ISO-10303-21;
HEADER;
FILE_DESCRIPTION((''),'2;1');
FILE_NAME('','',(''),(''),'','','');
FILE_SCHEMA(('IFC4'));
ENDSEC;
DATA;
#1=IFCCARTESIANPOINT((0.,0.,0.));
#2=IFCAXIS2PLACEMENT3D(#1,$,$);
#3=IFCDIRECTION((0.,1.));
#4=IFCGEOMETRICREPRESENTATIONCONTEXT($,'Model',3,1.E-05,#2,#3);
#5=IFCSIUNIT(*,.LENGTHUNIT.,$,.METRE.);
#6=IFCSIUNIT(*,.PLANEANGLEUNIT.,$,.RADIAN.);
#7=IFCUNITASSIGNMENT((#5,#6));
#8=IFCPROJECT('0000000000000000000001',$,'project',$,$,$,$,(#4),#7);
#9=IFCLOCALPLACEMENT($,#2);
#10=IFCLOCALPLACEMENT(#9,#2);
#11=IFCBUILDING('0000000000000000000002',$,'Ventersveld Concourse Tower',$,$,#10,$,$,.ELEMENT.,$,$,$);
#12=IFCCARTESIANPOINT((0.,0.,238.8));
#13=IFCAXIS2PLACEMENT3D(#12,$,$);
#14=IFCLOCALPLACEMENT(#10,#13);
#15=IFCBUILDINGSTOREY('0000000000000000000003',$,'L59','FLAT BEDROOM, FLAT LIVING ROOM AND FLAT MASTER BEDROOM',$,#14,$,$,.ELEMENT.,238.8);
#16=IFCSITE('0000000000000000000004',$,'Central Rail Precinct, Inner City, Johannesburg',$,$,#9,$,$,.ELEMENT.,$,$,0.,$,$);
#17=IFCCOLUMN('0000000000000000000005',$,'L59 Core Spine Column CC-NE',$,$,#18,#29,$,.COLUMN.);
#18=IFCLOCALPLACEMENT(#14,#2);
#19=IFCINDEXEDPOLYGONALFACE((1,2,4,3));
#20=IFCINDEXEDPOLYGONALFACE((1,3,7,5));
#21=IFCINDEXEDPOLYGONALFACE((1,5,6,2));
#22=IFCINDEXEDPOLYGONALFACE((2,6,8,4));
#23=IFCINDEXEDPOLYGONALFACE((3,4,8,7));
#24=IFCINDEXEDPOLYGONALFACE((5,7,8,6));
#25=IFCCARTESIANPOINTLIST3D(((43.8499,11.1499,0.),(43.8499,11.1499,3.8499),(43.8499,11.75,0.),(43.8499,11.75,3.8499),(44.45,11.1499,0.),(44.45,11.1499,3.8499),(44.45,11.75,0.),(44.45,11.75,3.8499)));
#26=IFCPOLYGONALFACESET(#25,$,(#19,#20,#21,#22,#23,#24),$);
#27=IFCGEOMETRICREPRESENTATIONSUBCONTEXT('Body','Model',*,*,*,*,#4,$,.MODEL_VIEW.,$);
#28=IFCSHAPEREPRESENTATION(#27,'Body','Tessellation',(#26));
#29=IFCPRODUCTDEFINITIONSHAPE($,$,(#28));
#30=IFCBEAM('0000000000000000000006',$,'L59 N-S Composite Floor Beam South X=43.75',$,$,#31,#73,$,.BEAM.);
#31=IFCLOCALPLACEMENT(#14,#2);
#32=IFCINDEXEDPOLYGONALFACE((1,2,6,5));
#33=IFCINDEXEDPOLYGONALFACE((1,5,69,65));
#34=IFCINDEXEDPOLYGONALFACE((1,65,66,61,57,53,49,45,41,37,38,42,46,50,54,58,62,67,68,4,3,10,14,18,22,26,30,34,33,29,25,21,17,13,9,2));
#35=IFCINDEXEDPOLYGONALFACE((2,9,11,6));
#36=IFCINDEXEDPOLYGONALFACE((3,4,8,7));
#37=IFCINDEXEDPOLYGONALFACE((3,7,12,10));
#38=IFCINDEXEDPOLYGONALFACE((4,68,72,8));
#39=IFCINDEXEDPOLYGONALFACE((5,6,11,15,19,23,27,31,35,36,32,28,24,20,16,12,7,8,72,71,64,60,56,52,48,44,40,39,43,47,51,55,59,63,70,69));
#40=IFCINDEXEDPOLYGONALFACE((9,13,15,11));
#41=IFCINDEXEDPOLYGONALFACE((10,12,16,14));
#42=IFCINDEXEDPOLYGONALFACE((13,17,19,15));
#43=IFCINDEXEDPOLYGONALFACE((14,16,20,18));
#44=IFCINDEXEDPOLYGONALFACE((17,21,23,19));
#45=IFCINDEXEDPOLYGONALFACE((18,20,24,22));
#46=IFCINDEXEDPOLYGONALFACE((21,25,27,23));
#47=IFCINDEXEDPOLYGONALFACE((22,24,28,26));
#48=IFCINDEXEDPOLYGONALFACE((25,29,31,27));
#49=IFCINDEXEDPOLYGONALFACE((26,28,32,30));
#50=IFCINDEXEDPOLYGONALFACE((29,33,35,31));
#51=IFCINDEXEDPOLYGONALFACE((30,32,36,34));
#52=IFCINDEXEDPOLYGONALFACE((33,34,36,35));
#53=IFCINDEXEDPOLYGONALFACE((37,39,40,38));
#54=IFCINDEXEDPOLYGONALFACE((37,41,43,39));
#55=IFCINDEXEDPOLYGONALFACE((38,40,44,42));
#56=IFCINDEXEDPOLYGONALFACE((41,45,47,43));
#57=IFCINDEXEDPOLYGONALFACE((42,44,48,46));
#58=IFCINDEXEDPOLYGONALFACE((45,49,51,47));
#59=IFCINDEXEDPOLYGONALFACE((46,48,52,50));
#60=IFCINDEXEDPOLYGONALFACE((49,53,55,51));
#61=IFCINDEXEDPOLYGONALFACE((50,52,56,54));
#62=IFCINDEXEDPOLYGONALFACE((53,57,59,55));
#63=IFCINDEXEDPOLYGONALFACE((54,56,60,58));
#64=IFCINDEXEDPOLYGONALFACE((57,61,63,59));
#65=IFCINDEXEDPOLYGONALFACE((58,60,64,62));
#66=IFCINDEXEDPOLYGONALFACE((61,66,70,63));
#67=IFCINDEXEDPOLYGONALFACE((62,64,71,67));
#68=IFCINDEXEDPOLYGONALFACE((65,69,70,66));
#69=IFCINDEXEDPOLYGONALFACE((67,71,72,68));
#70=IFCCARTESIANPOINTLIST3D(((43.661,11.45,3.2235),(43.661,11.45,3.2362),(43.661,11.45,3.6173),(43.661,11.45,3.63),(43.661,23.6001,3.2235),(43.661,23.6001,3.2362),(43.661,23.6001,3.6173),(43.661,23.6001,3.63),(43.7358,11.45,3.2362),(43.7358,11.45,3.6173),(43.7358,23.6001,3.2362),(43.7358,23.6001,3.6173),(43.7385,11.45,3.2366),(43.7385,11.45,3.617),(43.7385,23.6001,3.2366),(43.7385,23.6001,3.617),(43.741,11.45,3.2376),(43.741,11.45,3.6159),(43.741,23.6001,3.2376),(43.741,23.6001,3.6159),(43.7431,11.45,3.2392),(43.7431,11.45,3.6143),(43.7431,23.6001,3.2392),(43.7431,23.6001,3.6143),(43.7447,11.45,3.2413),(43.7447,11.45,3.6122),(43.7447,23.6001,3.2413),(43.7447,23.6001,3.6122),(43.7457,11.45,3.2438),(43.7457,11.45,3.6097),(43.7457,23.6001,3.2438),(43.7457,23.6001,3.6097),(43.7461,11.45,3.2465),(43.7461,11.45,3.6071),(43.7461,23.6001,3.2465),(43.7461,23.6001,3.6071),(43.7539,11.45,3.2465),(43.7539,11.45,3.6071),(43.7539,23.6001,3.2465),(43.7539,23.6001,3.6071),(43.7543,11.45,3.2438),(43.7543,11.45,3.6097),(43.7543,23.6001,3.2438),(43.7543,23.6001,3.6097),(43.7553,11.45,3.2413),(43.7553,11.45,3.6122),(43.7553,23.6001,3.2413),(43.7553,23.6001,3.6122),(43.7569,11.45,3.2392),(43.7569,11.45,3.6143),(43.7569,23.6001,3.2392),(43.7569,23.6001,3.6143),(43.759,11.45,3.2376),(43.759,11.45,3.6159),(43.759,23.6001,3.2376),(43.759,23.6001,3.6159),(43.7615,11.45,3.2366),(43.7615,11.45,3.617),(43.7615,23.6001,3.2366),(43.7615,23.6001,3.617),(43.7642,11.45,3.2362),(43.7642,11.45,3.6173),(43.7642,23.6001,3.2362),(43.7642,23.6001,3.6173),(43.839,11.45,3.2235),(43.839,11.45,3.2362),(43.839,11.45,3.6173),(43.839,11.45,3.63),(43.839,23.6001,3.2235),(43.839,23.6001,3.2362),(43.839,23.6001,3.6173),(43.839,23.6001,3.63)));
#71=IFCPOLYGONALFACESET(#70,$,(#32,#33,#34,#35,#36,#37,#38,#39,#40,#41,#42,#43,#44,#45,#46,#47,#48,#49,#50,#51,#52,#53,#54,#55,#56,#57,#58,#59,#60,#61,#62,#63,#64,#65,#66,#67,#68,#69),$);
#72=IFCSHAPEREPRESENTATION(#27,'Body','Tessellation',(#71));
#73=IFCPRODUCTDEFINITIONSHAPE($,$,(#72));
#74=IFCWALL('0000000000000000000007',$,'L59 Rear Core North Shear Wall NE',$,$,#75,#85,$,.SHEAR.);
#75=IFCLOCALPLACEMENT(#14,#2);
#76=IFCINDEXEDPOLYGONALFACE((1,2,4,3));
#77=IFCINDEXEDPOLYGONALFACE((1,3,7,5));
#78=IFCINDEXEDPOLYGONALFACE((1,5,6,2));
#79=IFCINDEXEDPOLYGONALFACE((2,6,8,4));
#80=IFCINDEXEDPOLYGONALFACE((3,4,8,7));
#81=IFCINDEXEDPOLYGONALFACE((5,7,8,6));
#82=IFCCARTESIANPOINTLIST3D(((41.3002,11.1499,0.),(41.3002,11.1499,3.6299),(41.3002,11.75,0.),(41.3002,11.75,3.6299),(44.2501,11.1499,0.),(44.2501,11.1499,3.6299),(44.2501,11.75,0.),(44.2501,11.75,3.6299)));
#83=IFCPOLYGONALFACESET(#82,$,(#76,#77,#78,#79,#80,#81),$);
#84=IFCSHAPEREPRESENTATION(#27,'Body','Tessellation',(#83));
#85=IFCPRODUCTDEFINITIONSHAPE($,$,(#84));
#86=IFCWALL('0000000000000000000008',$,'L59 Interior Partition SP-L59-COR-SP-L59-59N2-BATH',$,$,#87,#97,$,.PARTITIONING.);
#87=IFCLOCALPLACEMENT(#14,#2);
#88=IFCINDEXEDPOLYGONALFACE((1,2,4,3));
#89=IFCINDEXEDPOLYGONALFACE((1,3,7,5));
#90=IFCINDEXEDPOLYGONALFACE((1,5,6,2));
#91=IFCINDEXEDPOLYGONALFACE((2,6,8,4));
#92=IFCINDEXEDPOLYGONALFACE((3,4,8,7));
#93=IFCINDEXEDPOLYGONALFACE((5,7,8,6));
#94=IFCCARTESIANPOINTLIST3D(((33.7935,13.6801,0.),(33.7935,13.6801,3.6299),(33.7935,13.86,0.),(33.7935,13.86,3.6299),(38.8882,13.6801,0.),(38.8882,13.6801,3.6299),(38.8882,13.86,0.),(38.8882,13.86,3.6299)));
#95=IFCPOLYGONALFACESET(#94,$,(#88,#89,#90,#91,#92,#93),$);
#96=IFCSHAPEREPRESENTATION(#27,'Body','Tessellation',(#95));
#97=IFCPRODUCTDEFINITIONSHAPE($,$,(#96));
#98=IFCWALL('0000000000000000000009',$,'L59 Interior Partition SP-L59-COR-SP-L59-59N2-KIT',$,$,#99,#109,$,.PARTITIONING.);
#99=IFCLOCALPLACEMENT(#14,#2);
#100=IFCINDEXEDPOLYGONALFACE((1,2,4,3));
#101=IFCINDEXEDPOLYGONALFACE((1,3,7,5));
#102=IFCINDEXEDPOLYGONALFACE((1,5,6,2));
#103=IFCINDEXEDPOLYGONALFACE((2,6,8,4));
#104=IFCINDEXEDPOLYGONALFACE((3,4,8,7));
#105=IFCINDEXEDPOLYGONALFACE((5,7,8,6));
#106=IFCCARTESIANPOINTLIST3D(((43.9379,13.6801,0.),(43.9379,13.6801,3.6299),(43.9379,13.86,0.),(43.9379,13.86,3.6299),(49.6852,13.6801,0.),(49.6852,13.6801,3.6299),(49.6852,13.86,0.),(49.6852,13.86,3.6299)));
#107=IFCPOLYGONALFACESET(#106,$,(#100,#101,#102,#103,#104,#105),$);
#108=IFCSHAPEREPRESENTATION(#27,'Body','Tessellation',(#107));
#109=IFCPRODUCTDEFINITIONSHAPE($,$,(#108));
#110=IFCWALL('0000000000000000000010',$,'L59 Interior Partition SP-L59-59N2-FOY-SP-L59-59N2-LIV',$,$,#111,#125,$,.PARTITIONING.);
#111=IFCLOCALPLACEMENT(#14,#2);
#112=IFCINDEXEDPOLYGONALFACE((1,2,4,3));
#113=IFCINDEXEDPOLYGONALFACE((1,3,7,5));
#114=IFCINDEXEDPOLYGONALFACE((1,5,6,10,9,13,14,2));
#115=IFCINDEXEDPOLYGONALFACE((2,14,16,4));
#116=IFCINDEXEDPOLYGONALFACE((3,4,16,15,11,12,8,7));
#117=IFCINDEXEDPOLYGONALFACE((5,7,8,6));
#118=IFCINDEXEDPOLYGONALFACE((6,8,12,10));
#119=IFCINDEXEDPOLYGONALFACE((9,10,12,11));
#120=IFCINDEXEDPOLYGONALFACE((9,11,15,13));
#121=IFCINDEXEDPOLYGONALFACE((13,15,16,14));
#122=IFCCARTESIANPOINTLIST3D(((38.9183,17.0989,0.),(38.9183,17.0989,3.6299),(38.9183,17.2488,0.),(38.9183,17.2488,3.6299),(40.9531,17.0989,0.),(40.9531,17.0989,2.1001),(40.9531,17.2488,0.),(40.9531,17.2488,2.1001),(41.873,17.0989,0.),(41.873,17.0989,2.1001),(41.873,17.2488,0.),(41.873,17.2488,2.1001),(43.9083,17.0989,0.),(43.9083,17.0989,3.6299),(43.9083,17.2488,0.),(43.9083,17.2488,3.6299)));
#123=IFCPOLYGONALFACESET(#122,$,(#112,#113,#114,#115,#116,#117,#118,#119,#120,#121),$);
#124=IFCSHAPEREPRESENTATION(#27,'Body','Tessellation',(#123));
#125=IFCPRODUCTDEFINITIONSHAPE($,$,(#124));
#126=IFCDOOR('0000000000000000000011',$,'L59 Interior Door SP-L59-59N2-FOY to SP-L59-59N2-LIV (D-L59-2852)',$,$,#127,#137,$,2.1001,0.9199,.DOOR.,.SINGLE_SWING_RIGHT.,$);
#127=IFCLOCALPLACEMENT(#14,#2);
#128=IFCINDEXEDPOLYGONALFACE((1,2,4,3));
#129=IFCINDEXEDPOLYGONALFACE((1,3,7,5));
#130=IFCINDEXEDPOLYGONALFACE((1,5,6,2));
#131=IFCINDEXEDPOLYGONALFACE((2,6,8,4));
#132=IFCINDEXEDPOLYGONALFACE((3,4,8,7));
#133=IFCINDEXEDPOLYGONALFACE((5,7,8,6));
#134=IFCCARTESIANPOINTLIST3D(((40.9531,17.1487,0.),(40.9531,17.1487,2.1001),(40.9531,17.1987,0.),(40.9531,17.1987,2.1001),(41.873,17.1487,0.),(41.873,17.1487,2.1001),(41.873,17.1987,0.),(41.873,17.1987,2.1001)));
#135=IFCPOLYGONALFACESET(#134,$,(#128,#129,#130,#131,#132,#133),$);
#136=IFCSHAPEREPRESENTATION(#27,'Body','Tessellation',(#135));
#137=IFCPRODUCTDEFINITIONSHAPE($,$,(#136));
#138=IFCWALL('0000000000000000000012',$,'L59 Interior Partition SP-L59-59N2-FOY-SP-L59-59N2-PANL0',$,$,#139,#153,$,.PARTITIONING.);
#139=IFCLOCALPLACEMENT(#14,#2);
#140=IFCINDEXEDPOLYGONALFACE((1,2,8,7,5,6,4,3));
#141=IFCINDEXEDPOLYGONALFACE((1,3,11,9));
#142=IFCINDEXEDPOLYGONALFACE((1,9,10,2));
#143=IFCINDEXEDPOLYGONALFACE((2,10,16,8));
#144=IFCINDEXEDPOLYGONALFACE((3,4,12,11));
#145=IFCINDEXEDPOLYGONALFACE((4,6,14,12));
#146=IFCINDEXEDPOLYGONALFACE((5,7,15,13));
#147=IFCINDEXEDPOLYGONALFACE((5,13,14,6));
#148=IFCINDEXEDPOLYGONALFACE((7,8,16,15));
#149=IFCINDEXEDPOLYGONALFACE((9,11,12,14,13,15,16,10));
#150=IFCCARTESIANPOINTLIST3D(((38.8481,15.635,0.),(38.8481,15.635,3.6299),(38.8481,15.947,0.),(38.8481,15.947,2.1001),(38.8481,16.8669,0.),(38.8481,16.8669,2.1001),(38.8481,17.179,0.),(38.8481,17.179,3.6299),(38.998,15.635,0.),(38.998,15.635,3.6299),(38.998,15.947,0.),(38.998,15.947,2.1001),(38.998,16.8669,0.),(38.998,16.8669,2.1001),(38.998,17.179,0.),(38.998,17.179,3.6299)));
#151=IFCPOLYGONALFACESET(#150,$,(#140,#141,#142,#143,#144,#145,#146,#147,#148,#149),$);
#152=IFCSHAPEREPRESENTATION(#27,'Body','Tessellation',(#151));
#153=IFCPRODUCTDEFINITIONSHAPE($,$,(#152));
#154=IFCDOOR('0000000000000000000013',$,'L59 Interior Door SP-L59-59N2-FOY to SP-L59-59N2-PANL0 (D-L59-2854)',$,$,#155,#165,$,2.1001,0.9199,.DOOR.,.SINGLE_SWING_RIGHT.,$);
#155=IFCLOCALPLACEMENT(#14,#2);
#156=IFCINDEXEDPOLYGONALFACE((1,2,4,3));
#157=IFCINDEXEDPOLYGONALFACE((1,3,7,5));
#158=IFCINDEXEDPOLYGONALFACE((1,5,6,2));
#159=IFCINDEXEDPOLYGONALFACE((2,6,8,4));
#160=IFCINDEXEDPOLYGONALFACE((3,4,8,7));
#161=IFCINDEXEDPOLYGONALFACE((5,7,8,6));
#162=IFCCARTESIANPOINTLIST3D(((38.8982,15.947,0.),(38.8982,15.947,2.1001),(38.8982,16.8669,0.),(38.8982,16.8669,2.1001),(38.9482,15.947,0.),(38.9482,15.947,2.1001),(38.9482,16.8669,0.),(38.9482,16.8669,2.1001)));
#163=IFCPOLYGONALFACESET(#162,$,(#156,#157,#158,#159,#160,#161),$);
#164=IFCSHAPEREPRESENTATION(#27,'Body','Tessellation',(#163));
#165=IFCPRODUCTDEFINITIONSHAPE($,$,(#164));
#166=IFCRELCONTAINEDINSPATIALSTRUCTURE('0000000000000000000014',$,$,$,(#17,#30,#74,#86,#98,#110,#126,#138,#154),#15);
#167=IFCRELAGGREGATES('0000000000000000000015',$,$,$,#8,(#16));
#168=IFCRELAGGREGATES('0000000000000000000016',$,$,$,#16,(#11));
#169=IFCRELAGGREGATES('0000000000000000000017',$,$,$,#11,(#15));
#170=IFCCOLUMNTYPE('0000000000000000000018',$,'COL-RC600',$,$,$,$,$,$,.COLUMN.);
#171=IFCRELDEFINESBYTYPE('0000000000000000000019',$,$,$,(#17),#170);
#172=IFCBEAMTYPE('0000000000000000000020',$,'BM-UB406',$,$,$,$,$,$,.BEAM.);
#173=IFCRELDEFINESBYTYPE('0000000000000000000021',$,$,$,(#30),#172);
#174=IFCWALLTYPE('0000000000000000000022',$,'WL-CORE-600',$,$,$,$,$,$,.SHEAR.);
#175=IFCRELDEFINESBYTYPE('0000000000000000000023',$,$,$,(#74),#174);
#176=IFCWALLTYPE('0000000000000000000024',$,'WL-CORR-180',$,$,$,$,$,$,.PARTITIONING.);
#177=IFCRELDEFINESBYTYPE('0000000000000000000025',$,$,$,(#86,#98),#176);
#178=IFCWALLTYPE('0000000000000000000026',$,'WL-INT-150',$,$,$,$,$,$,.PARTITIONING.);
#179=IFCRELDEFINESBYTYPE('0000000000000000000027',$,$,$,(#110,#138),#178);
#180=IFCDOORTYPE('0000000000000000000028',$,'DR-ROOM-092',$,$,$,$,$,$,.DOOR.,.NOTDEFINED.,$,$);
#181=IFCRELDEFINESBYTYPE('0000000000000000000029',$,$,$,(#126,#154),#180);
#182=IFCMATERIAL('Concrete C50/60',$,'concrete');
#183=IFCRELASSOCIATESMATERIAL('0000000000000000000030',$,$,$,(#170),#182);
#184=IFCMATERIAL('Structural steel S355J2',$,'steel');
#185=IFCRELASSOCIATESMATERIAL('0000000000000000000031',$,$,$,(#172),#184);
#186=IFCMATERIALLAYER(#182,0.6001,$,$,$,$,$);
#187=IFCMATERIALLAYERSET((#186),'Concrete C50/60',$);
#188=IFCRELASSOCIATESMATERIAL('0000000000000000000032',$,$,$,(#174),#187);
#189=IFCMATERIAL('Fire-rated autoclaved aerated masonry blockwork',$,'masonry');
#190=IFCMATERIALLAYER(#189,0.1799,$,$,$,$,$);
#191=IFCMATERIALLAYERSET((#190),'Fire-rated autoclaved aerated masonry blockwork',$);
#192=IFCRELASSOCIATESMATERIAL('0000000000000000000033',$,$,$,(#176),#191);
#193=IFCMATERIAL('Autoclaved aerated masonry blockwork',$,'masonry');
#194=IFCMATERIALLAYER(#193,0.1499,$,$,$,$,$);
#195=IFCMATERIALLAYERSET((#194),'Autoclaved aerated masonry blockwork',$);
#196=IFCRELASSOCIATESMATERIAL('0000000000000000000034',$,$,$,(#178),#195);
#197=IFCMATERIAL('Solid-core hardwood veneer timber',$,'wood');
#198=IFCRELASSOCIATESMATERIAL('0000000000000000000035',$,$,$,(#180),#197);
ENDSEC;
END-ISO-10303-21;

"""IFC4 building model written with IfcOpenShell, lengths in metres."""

from ifc_helpers import new_model, si_unit, direction, frame, frame_2d, origin, origin_2d, place, context, subcontext, project, spatial, rectangle, i_section, extrude, material, layer, layer_set, material_profile, profile_set, type_object, element, fill, save


model = new_model("IFC4")

# Units and contexts
model_context = context("Model", 3, precision=1e-05, world=origin(), true_north=direction((0.0, 1.0)))
body_context = subcontext(model_context, "Body", "Model", "MODEL_VIEW")
ifc_project = project(units=[si_unit("LENGTHUNIT", "METRE"), si_unit("PLANEANGLEUNIT", "RADIAN")], contexts=[model_context])

# Site, building, storey
site_placement = place(None, origin())
site = spatial("IfcSite", under=ifc_project, at=site_placement, Name="Central Rail Precinct, Inner City, Johannesburg", CompositionType="ELEMENT", RefElevation=0.0)
building_placement = place(site_placement, origin())
building = spatial("IfcBuilding", under=site, at=building_placement, Name="Ventersveld Concourse Tower", CompositionType="ELEMENT")
storey_placement = place(building_placement, frame((0.0, 0.0, 238.8)))
storey = spatial("IfcBuildingStorey", under=building, at=storey_placement, Name="L59", Description="FLAT BEDROOM, FLAT LIVING ROOM AND FLAT MASTER BEDROOM", CompositionType="ELEMENT", Elevation=238.8)

# Column
ifc_material_1 = material(Name="Concrete C50/60", Category="concrete")
ifc_material_profile_1 = material_profile(ifc_material_1, rectangle(XDim=0.6001, YDim=0.6001, at=origin_2d()), Name="RC 600x600")
ifc_profile_set_1 = profile_set([ifc_material_profile_1], Name="Concrete C50/60")
column_type = type_object("IfcColumnType", Name="COL-RC600", PredefinedType="COLUMN", material=ifc_profile_set_1)
column_placement = place(storey_placement, frame((44.1499, 11.45, 0.0), z_axis=(0.0, 0.0, 1.0), x_axis=(1.0, 0.0, 0.0)))
element("IfcColumn", 1, at=column_placement, inside=storey, type_object=column_type, Name="L59 Core Spine Column CC-NE", PredefinedType="COLUMN", context=body_context, shape_type="SweptSolid", body=[
    extrude(rectangle(XDim=0.6001, YDim=0.6001, at=origin_2d()), origin(), (0.0, 0.0, 1.0), 3.8499),
])

# Beam
ifc_material_2 = material(Name="Structural steel S355J2", Category="steel")
ifc_material_profile_2 = material_profile(ifc_material_2, i_section(OverallWidth=0.178, OverallDepth=0.4065, WebThickness=0.0078, FlangeThickness=0.0127, FilletRadius=0.0103, at=origin_2d()), Name="UB 406x178x60")
ifc_profile_set_2 = profile_set([ifc_material_profile_2], Name="Structural steel S355J2")
beam_type = type_object("IfcBeamType", Name="BM-UB406", PredefinedType="BEAM", material=ifc_profile_set_2)
beam_placement = place(storey_placement, frame((43.75, 11.45, 3.4268), z_axis=(0.0, 1.0, 0.0), x_axis=(-1.0, 0.0, 0.0)))
element("IfcBeam", 2, at=beam_placement, inside=storey, type_object=beam_type, Name="L59 N-S Composite Floor Beam South X=43.75", PredefinedType="BEAM", context=body_context, shape_type="SweptSolid", body=[
    extrude(i_section(OverallWidth=0.178, OverallDepth=0.4065, WebThickness=0.0078, FlangeThickness=0.0127, FilletRadius=0.0103, at=origin_2d()), origin(), (0.0, 0.0, 1.0), 12.1501),
])

# Wall
ifc_layer_1 = layer(ifc_material_1, 0.6001)
ifc_layer_set_1 = layer_set([ifc_layer_1], Name="Concrete C50/60")
wall_type_1 = type_object("IfcWallType", Name="WL-CORE-600", PredefinedType="SHEAR", material=ifc_layer_set_1)
wall_1_placement = place(storey_placement, frame((41.3, 11.45, 0.0), z_axis=(0.0, 0.0, 1.0), x_axis=(1.0, 0.0, 0.0)))
element("IfcWall", 3, at=wall_1_placement, inside=storey, type_object=wall_type_1, Name="L59 Rear Core North Shear Wall NE", PredefinedType="SHEAR", context=body_context, shape_type="SweptSolid", body=[
    extrude(rectangle(XDim=2.95, YDim=0.6001, at=frame_2d((1.4751, 0.0))), origin(), (0.0, 0.0, 1.0), 3.6299),
])

# Shared definitions
ifc_material_3 = material(Name="Fire-rated autoclaved aerated masonry blockwork", Category="masonry")
ifc_layer_2 = layer(ifc_material_3, 0.1799)
ifc_layer_set_2 = layer_set([ifc_layer_2], Name="Fire-rated autoclaved aerated masonry blockwork")
wall_type_2 = type_object("IfcWallType", Name="WL-CORR-180", PredefinedType="PARTITIONING", material=ifc_layer_set_2)
ifc_material_4 = material(Name="Solid-core hardwood veneer timber", Category="wood")

# Walls
wall_2_placement = place(storey_placement, frame((33.7935, 13.77, 0.0), z_axis=(0.0, 0.0, 1.0), x_axis=(1.0, 0.0, 0.0)))
element("IfcWall", 4, at=wall_2_placement, inside=storey, type_object=wall_type_2, Name="L59 Interior Partition SP-L59-COR-SP-L59-59N2-BATH", PredefinedType="PARTITIONING", context=body_context, shape_type="SweptSolid", body=[
    extrude(rectangle(XDim=5.0947, YDim=0.1799, at=frame_2d((2.5474, 0.0))), origin(), (0.0, 0.0, 1.0), 3.6299),
])
wall_3_placement = place(storey_placement, frame((43.938, 13.77, 0.0), z_axis=(0.0, 0.0, 1.0), x_axis=(1.0, 0.0, 0.0)))
element("IfcWall", 5, at=wall_3_placement, inside=storey, type_object=wall_type_2, Name="L59 Interior Partition SP-L59-COR-SP-L59-59N2-KIT", PredefinedType="PARTITIONING", context=body_context, shape_type="SweptSolid", body=[
    extrude(rectangle(XDim=5.7473, YDim=0.1799, at=frame_2d((2.8735, 0.0))), origin(), (0.0, 0.0, 1.0), 3.6299),
])

# Walls, openings, doors
ifc_material_5 = material(Name="Autoclaved aerated masonry blockwork", Category="masonry")
ifc_layer_3 = layer(ifc_material_5, 0.1499)
ifc_layer_set_3 = layer_set([ifc_layer_3], Name="Autoclaved aerated masonry blockwork")
wall_type_3 = type_object("IfcWallType", Name="WL-INT-150", PredefinedType="PARTITIONING", material=ifc_layer_set_3)
wall_4_placement = place(storey_placement, frame((38.9182, 17.1738, 0.0), z_axis=(0.0, 0.0, 1.0), x_axis=(1.0, 0.0, 0.0)))
wall_4 = element("IfcWall", 6, at=wall_4_placement, inside=storey, type_object=wall_type_3, Name="L59 Interior Partition SP-L59-59N2-FOY-SP-L59-59N2-LIV", PredefinedType="PARTITIONING", context=body_context, shape_type="SweptSolid", body=[
    extrude(rectangle(XDim=4.99, YDim=0.1499, at=frame_2d((2.4951, 0.0))), origin(), (0.0, 0.0, 1.0), 3.6299),
])
opening_1_placement = place(wall_4_placement, frame((2.0349, 0.0, 0.0)))
opening_1 = element("IfcOpeningElement", 7, at=opening_1_placement, cuts=wall_4, PredefinedType="OPENING", context=body_context, shape_type="SweptSolid", body=[
    extrude(rectangle(XDim=0.9199, YDim=2.1001, at=frame_2d((0.46, 1.05))), frame((0.0, 0.085, 0.0), z_axis=(0.0, -1.0, 0.0), x_axis=(1.0, 0.0, 0.0)), (0.0, 0.0, 1.0), 0.1699),
])
door_type_1 = type_object("IfcDoorType", Name="DR-ROOM-092", OperationType="NOTDEFINED", PredefinedType="DOOR", material=ifc_material_4)
door_1_placement = place(opening_1_placement, origin())
door_1 = element("IfcDoor", 8, at=door_1_placement, inside=storey, type_object=door_type_1, Name="L59 Interior Door SP-L59-59N2-FOY to SP-L59-59N2-LIV (D-L59-2852)", OperationType="SINGLE_SWING_RIGHT", OverallHeight=2.1001, OverallWidth=0.9199, PredefinedType="DOOR", context=body_context, shape_type="SweptSolid", body=[
    extrude(rectangle(XDim=0.9199, YDim=2.1001, at=frame_2d((0.46, 1.05))), frame((0.0, 0.0249, 0.0), z_axis=(0.0, -1.0, 0.0), x_axis=(1.0, 0.0, 0.0)), (0.0, 0.0, 1.0), 0.05),
])
fill(opening_1, door_1)
wall_5_placement = place(storey_placement, frame((38.9231, 15.635, 0.0), z_axis=(0.0, 0.0, 1.0), x_axis=(0.0, 1.0, 0.0)))
wall_5 = element("IfcWall", 9, at=wall_5_placement, inside=storey, type_object=wall_type_3, Name="L59 Interior Partition SP-L59-59N2-FOY-SP-L59-59N2-PANL0", PredefinedType="PARTITIONING", context=body_context, shape_type="SweptSolid", body=[
    extrude(rectangle(XDim=1.5439, YDim=0.1499, at=frame_2d((0.772, 0.0))), origin(), (0.0, 0.0, 1.0), 3.6299),
])
opening_2_placement = place(wall_5_placement, frame((0.312, 0.0, 0.0)))
opening_2 = element("IfcOpeningElement", 10, at=opening_2_placement, cuts=wall_5, PredefinedType="OPENING", context=body_context, shape_type="SweptSolid", body=[
    extrude(rectangle(XDim=0.9199, YDim=2.1001, at=frame_2d((0.46, 1.05))), frame((0.0, 0.085, 0.0), z_axis=(0.0, -1.0, 0.0), x_axis=(1.0, 0.0, 0.0)), (0.0, 0.0, 1.0), 0.1699),
])
door_2_placement = place(opening_2_placement, origin())
door_2 = element("IfcDoor", 11, at=door_2_placement, inside=storey, type_object=door_type_1, Name="L59 Interior Door SP-L59-59N2-FOY to SP-L59-59N2-PANL0 (D-L59-2854)", OperationType="SINGLE_SWING_RIGHT", OverallHeight=2.1001, OverallWidth=0.9199, PredefinedType="DOOR", context=body_context, shape_type="SweptSolid", body=[
    extrude(rectangle(XDim=0.9199, YDim=2.1001, at=frame_2d((0.46, 1.05))), frame((0.0, 0.0249, 0.0), z_axis=(0.0, -1.0, 0.0), x_axis=(1.0, 0.0, 0.0)), (0.0, 0.0, 1.0), 0.05),
])
fill(opening_2, door_2)

save(model, "model.ifc")
